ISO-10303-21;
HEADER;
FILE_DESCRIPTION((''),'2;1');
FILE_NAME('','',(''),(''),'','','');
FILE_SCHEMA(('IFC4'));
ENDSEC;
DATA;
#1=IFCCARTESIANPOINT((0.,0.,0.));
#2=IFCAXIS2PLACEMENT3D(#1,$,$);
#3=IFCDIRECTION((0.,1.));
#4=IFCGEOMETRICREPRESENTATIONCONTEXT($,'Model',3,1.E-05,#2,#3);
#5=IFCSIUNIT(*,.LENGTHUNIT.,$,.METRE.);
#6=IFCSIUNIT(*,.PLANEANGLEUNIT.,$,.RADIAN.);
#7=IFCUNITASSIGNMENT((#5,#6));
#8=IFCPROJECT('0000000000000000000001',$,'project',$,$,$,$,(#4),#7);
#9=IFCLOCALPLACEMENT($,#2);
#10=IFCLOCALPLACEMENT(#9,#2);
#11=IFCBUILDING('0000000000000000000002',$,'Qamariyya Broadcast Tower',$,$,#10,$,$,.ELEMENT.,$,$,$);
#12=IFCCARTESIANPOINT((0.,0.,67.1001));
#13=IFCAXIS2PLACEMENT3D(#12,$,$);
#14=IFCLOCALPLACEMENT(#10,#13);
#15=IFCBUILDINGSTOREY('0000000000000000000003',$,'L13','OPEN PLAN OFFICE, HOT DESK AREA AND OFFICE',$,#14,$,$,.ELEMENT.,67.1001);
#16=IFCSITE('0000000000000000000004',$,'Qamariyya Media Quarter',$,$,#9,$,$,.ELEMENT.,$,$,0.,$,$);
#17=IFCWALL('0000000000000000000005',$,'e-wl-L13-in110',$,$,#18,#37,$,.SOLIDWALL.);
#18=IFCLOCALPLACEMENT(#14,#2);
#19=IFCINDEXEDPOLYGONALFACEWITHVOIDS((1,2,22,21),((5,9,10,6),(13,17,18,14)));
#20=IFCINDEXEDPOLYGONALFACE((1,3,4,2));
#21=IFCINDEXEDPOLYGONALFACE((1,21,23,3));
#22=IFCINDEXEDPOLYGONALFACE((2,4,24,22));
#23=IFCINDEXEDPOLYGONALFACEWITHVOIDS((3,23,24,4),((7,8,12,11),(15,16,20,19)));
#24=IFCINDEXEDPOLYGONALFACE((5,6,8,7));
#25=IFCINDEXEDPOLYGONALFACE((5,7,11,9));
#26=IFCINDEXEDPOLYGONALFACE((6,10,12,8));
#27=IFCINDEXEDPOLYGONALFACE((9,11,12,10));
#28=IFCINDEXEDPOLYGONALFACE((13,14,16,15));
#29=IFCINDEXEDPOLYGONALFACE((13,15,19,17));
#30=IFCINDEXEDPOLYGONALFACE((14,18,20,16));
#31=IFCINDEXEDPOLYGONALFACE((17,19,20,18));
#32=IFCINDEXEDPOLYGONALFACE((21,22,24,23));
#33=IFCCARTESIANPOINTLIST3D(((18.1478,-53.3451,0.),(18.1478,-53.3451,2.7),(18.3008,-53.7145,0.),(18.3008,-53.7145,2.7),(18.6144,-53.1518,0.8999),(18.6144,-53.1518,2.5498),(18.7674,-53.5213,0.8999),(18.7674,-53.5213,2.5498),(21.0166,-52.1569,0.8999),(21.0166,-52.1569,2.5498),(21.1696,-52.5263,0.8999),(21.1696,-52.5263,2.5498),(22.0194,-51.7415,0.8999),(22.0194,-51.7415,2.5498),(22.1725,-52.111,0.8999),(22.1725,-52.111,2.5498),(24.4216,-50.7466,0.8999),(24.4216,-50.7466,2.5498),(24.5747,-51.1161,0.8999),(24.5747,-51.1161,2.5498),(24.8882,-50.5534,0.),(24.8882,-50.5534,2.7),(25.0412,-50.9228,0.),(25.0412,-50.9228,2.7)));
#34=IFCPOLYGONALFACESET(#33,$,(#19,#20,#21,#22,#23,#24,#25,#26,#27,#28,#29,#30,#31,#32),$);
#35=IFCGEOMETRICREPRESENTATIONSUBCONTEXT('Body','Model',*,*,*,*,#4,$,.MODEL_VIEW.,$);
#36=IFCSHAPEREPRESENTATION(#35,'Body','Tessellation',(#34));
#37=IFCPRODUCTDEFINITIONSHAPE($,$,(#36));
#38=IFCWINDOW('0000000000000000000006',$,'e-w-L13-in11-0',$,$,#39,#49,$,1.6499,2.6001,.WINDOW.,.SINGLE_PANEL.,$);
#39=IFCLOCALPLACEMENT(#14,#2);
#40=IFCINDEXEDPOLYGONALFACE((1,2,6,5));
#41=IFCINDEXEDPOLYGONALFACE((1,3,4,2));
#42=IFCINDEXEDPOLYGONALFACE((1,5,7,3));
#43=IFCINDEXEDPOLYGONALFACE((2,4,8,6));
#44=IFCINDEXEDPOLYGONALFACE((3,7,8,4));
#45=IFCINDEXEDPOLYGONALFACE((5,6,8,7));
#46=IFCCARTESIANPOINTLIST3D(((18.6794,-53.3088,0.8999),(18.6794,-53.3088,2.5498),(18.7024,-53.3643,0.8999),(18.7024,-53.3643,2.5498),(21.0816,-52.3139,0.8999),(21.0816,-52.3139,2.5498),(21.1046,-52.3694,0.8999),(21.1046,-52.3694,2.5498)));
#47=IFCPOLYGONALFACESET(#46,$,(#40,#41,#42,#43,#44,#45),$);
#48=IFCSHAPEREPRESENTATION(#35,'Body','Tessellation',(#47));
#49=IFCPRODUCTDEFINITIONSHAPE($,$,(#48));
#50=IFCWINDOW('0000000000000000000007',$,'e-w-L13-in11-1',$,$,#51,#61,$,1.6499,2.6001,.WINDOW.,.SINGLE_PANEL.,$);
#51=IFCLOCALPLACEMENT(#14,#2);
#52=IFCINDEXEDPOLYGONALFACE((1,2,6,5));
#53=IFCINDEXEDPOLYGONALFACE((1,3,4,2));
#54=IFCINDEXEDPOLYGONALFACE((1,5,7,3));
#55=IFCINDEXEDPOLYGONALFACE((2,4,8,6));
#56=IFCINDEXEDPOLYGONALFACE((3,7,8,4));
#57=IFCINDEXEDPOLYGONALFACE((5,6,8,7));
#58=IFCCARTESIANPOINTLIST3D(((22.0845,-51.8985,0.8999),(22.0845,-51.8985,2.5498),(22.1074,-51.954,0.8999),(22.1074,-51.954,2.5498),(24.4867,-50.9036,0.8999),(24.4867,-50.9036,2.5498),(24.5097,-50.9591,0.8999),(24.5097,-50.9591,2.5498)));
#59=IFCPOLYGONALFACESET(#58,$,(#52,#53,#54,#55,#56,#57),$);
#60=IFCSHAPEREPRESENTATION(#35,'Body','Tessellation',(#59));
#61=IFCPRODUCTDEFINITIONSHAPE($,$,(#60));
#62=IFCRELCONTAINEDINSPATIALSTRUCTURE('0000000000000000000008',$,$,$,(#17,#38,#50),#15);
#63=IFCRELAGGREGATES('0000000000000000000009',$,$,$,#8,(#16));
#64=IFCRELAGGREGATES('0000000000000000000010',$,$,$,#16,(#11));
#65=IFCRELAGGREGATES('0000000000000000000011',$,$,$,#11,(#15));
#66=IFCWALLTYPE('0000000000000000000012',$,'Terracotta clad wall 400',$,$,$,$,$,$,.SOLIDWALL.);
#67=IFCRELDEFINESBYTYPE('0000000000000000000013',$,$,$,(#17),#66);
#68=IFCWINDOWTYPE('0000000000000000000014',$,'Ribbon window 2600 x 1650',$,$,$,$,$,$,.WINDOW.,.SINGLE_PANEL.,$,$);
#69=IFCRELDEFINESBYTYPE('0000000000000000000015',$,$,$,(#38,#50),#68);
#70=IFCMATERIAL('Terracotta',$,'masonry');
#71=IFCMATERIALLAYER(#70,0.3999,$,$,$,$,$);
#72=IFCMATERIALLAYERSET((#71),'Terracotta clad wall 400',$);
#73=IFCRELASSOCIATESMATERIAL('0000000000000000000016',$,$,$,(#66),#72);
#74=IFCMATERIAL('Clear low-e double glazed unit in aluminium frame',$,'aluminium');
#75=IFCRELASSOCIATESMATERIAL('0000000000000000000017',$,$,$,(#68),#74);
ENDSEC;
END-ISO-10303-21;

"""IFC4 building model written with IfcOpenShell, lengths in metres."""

from ifc_helpers import new_model, si_unit, direction, frame, frame_2d, origin, place, context, subcontext, project, spatial, rectangle, extrude, material, layer, layer_set, type_object, element, fill, save


model = new_model("IFC4")

# Units and contexts
model_context = context("Model", 3, precision=1e-05, world=origin(), true_north=direction((0.0, 1.0)))
body_context = subcontext(model_context, "Body", "Model", "MODEL_VIEW")
ifc_project = project(units=[si_unit("LENGTHUNIT", "METRE"), si_unit("PLANEANGLEUNIT", "RADIAN")], contexts=[model_context])

# Site, building, storey
site_placement = place(None, origin())
site = spatial("IfcSite", under=ifc_project, at=site_placement, Name="Qamariyya Media Quarter", CompositionType="ELEMENT", RefElevation=0.0)
building_placement = place(site_placement, origin())
building = spatial("IfcBuilding", under=site, at=building_placement, Name="Qamariyya Broadcast Tower", CompositionType="ELEMENT")
storey_placement = place(building_placement, frame((0.0, 0.0, 67.1001)))
storey = spatial("IfcBuildingStorey", under=building, at=storey_placement, Name="L13", Description="OPEN PLAN OFFICE, HOT DESK AREA AND OFFICE", CompositionType="ELEMENT", Elevation=67.1001)

# Wall, openings, windows
ifc_material_1 = material(Name="Terracotta", Category="masonry")
ifc_layer_1 = layer(ifc_material_1, 0.3999)
ifc_layer_set_1 = layer_set([ifc_layer_1], Name="Terracotta clad wall 400")
wall_type_1 = type_object("IfcWallType", Name="Terracotta clad wall 400", PredefinedType="SOLIDWALL", material=ifc_layer_set_1)
ifc_material_2 = material(Name="Clear low-e double glazed unit in aluminium frame", Category="aluminium")
window_type = type_object("IfcWindowType", Name="Ribbon window 2600 x 1650", PartitioningType="SINGLE_PANEL", PredefinedType="WINDOW", material=ifc_material_2)
wall_1_placement = place(storey_placement, frame((24.9648, -50.738, 0.0), z_axis=(0.0, 0.0, 1.0), x_axis=(-0.923892, -0.382654, 0.0)))
wall_1 = element("IfcWall", 1, at=wall_1_placement, inside=storey, type_object=wall_type_1, Name="e-wl-L13-in110", PredefinedType="SOLIDWALL", context=body_context, shape_type="SweptSolid", body=[
    extrude(rectangle(XDim=7.2957, YDim=0.3999, at=frame_2d((3.6479, 0.0))), origin(), (0.0, 0.0, 1.0), 2.7),
])
opening_1_placement = place(wall_1_placement, frame((4.1907, 0.0, 0.8999)))
opening_1 = element("IfcOpeningElement", 2, at=opening_1_placement, cuts=wall_1, PredefinedType="OPENING", context=body_context, shape_type="SweptSolid", body=[
    extrude(rectangle(XDim=2.6001, YDim=1.6499, at=frame_2d((1.3, 0.825))), frame((0.0, 0.21, 0.0), z_axis=(0.0, -1.0, 0.0), x_axis=(1.0, 0.0, 0.0)), (0.0, 0.0, 1.0), 0.4199),
])
opening_2_placement = place(wall_1_placement, frame((0.5051, 0.0, 0.8999)))
opening_2 = element("IfcOpeningElement", 3, at=opening_2_placement, cuts=wall_1, PredefinedType="OPENING", context=body_context, shape_type="SweptSolid", body=[
    extrude(rectangle(XDim=2.6001, YDim=1.6499, at=frame_2d((1.3, 0.825))), frame((0.0, 0.21, 0.0), z_axis=(0.0, -1.0, 0.0), x_axis=(1.0, 0.0, 0.0)), (0.0, 0.0, 1.0), 0.4199),
])
window_1_placement = place(opening_1_placement, origin())
window_1 = element("IfcWindow", 4, at=window_1_placement, inside=storey, type_object=window_type, Name="e-w-L13-in11-0", OverallHeight=1.6499, OverallWidth=2.6001, PartitioningType="SINGLE_PANEL", PredefinedType="WINDOW", context=body_context, shape_type="SweptSolid", body=[
    extrude(rectangle(XDim=2.6001, YDim=1.6499, at=frame_2d((1.3, 0.825))), frame((0.0, 0.03, 0.0), z_axis=(0.0, -1.0, 0.0), x_axis=(1.0, 0.0, 0.0)), (0.0, 0.0, 1.0), 0.0601),
])
fill(opening_1, window_1)
window_2_placement = place(opening_2_placement, origin())
window_2 = element("IfcWindow", 5, at=window_2_placement, inside=storey, type_object=window_type, Name="e-w-L13-in11-1", OverallHeight=1.6499, OverallWidth=2.6001, PartitioningType="SINGLE_PANEL", PredefinedType="WINDOW", context=body_context, shape_type="SweptSolid", body=[
    extrude(rectangle(XDim=2.6001, YDim=1.6499, at=frame_2d((1.3, 0.825))), frame((0.0, 0.03, 0.0), z_axis=(0.0, -1.0, 0.0), x_axis=(1.0, 0.0, 0.0)), (0.0, 0.0, 1.0), 0.0601),
])
fill(opening_2, window_2)

save(model, "model.ifc")
